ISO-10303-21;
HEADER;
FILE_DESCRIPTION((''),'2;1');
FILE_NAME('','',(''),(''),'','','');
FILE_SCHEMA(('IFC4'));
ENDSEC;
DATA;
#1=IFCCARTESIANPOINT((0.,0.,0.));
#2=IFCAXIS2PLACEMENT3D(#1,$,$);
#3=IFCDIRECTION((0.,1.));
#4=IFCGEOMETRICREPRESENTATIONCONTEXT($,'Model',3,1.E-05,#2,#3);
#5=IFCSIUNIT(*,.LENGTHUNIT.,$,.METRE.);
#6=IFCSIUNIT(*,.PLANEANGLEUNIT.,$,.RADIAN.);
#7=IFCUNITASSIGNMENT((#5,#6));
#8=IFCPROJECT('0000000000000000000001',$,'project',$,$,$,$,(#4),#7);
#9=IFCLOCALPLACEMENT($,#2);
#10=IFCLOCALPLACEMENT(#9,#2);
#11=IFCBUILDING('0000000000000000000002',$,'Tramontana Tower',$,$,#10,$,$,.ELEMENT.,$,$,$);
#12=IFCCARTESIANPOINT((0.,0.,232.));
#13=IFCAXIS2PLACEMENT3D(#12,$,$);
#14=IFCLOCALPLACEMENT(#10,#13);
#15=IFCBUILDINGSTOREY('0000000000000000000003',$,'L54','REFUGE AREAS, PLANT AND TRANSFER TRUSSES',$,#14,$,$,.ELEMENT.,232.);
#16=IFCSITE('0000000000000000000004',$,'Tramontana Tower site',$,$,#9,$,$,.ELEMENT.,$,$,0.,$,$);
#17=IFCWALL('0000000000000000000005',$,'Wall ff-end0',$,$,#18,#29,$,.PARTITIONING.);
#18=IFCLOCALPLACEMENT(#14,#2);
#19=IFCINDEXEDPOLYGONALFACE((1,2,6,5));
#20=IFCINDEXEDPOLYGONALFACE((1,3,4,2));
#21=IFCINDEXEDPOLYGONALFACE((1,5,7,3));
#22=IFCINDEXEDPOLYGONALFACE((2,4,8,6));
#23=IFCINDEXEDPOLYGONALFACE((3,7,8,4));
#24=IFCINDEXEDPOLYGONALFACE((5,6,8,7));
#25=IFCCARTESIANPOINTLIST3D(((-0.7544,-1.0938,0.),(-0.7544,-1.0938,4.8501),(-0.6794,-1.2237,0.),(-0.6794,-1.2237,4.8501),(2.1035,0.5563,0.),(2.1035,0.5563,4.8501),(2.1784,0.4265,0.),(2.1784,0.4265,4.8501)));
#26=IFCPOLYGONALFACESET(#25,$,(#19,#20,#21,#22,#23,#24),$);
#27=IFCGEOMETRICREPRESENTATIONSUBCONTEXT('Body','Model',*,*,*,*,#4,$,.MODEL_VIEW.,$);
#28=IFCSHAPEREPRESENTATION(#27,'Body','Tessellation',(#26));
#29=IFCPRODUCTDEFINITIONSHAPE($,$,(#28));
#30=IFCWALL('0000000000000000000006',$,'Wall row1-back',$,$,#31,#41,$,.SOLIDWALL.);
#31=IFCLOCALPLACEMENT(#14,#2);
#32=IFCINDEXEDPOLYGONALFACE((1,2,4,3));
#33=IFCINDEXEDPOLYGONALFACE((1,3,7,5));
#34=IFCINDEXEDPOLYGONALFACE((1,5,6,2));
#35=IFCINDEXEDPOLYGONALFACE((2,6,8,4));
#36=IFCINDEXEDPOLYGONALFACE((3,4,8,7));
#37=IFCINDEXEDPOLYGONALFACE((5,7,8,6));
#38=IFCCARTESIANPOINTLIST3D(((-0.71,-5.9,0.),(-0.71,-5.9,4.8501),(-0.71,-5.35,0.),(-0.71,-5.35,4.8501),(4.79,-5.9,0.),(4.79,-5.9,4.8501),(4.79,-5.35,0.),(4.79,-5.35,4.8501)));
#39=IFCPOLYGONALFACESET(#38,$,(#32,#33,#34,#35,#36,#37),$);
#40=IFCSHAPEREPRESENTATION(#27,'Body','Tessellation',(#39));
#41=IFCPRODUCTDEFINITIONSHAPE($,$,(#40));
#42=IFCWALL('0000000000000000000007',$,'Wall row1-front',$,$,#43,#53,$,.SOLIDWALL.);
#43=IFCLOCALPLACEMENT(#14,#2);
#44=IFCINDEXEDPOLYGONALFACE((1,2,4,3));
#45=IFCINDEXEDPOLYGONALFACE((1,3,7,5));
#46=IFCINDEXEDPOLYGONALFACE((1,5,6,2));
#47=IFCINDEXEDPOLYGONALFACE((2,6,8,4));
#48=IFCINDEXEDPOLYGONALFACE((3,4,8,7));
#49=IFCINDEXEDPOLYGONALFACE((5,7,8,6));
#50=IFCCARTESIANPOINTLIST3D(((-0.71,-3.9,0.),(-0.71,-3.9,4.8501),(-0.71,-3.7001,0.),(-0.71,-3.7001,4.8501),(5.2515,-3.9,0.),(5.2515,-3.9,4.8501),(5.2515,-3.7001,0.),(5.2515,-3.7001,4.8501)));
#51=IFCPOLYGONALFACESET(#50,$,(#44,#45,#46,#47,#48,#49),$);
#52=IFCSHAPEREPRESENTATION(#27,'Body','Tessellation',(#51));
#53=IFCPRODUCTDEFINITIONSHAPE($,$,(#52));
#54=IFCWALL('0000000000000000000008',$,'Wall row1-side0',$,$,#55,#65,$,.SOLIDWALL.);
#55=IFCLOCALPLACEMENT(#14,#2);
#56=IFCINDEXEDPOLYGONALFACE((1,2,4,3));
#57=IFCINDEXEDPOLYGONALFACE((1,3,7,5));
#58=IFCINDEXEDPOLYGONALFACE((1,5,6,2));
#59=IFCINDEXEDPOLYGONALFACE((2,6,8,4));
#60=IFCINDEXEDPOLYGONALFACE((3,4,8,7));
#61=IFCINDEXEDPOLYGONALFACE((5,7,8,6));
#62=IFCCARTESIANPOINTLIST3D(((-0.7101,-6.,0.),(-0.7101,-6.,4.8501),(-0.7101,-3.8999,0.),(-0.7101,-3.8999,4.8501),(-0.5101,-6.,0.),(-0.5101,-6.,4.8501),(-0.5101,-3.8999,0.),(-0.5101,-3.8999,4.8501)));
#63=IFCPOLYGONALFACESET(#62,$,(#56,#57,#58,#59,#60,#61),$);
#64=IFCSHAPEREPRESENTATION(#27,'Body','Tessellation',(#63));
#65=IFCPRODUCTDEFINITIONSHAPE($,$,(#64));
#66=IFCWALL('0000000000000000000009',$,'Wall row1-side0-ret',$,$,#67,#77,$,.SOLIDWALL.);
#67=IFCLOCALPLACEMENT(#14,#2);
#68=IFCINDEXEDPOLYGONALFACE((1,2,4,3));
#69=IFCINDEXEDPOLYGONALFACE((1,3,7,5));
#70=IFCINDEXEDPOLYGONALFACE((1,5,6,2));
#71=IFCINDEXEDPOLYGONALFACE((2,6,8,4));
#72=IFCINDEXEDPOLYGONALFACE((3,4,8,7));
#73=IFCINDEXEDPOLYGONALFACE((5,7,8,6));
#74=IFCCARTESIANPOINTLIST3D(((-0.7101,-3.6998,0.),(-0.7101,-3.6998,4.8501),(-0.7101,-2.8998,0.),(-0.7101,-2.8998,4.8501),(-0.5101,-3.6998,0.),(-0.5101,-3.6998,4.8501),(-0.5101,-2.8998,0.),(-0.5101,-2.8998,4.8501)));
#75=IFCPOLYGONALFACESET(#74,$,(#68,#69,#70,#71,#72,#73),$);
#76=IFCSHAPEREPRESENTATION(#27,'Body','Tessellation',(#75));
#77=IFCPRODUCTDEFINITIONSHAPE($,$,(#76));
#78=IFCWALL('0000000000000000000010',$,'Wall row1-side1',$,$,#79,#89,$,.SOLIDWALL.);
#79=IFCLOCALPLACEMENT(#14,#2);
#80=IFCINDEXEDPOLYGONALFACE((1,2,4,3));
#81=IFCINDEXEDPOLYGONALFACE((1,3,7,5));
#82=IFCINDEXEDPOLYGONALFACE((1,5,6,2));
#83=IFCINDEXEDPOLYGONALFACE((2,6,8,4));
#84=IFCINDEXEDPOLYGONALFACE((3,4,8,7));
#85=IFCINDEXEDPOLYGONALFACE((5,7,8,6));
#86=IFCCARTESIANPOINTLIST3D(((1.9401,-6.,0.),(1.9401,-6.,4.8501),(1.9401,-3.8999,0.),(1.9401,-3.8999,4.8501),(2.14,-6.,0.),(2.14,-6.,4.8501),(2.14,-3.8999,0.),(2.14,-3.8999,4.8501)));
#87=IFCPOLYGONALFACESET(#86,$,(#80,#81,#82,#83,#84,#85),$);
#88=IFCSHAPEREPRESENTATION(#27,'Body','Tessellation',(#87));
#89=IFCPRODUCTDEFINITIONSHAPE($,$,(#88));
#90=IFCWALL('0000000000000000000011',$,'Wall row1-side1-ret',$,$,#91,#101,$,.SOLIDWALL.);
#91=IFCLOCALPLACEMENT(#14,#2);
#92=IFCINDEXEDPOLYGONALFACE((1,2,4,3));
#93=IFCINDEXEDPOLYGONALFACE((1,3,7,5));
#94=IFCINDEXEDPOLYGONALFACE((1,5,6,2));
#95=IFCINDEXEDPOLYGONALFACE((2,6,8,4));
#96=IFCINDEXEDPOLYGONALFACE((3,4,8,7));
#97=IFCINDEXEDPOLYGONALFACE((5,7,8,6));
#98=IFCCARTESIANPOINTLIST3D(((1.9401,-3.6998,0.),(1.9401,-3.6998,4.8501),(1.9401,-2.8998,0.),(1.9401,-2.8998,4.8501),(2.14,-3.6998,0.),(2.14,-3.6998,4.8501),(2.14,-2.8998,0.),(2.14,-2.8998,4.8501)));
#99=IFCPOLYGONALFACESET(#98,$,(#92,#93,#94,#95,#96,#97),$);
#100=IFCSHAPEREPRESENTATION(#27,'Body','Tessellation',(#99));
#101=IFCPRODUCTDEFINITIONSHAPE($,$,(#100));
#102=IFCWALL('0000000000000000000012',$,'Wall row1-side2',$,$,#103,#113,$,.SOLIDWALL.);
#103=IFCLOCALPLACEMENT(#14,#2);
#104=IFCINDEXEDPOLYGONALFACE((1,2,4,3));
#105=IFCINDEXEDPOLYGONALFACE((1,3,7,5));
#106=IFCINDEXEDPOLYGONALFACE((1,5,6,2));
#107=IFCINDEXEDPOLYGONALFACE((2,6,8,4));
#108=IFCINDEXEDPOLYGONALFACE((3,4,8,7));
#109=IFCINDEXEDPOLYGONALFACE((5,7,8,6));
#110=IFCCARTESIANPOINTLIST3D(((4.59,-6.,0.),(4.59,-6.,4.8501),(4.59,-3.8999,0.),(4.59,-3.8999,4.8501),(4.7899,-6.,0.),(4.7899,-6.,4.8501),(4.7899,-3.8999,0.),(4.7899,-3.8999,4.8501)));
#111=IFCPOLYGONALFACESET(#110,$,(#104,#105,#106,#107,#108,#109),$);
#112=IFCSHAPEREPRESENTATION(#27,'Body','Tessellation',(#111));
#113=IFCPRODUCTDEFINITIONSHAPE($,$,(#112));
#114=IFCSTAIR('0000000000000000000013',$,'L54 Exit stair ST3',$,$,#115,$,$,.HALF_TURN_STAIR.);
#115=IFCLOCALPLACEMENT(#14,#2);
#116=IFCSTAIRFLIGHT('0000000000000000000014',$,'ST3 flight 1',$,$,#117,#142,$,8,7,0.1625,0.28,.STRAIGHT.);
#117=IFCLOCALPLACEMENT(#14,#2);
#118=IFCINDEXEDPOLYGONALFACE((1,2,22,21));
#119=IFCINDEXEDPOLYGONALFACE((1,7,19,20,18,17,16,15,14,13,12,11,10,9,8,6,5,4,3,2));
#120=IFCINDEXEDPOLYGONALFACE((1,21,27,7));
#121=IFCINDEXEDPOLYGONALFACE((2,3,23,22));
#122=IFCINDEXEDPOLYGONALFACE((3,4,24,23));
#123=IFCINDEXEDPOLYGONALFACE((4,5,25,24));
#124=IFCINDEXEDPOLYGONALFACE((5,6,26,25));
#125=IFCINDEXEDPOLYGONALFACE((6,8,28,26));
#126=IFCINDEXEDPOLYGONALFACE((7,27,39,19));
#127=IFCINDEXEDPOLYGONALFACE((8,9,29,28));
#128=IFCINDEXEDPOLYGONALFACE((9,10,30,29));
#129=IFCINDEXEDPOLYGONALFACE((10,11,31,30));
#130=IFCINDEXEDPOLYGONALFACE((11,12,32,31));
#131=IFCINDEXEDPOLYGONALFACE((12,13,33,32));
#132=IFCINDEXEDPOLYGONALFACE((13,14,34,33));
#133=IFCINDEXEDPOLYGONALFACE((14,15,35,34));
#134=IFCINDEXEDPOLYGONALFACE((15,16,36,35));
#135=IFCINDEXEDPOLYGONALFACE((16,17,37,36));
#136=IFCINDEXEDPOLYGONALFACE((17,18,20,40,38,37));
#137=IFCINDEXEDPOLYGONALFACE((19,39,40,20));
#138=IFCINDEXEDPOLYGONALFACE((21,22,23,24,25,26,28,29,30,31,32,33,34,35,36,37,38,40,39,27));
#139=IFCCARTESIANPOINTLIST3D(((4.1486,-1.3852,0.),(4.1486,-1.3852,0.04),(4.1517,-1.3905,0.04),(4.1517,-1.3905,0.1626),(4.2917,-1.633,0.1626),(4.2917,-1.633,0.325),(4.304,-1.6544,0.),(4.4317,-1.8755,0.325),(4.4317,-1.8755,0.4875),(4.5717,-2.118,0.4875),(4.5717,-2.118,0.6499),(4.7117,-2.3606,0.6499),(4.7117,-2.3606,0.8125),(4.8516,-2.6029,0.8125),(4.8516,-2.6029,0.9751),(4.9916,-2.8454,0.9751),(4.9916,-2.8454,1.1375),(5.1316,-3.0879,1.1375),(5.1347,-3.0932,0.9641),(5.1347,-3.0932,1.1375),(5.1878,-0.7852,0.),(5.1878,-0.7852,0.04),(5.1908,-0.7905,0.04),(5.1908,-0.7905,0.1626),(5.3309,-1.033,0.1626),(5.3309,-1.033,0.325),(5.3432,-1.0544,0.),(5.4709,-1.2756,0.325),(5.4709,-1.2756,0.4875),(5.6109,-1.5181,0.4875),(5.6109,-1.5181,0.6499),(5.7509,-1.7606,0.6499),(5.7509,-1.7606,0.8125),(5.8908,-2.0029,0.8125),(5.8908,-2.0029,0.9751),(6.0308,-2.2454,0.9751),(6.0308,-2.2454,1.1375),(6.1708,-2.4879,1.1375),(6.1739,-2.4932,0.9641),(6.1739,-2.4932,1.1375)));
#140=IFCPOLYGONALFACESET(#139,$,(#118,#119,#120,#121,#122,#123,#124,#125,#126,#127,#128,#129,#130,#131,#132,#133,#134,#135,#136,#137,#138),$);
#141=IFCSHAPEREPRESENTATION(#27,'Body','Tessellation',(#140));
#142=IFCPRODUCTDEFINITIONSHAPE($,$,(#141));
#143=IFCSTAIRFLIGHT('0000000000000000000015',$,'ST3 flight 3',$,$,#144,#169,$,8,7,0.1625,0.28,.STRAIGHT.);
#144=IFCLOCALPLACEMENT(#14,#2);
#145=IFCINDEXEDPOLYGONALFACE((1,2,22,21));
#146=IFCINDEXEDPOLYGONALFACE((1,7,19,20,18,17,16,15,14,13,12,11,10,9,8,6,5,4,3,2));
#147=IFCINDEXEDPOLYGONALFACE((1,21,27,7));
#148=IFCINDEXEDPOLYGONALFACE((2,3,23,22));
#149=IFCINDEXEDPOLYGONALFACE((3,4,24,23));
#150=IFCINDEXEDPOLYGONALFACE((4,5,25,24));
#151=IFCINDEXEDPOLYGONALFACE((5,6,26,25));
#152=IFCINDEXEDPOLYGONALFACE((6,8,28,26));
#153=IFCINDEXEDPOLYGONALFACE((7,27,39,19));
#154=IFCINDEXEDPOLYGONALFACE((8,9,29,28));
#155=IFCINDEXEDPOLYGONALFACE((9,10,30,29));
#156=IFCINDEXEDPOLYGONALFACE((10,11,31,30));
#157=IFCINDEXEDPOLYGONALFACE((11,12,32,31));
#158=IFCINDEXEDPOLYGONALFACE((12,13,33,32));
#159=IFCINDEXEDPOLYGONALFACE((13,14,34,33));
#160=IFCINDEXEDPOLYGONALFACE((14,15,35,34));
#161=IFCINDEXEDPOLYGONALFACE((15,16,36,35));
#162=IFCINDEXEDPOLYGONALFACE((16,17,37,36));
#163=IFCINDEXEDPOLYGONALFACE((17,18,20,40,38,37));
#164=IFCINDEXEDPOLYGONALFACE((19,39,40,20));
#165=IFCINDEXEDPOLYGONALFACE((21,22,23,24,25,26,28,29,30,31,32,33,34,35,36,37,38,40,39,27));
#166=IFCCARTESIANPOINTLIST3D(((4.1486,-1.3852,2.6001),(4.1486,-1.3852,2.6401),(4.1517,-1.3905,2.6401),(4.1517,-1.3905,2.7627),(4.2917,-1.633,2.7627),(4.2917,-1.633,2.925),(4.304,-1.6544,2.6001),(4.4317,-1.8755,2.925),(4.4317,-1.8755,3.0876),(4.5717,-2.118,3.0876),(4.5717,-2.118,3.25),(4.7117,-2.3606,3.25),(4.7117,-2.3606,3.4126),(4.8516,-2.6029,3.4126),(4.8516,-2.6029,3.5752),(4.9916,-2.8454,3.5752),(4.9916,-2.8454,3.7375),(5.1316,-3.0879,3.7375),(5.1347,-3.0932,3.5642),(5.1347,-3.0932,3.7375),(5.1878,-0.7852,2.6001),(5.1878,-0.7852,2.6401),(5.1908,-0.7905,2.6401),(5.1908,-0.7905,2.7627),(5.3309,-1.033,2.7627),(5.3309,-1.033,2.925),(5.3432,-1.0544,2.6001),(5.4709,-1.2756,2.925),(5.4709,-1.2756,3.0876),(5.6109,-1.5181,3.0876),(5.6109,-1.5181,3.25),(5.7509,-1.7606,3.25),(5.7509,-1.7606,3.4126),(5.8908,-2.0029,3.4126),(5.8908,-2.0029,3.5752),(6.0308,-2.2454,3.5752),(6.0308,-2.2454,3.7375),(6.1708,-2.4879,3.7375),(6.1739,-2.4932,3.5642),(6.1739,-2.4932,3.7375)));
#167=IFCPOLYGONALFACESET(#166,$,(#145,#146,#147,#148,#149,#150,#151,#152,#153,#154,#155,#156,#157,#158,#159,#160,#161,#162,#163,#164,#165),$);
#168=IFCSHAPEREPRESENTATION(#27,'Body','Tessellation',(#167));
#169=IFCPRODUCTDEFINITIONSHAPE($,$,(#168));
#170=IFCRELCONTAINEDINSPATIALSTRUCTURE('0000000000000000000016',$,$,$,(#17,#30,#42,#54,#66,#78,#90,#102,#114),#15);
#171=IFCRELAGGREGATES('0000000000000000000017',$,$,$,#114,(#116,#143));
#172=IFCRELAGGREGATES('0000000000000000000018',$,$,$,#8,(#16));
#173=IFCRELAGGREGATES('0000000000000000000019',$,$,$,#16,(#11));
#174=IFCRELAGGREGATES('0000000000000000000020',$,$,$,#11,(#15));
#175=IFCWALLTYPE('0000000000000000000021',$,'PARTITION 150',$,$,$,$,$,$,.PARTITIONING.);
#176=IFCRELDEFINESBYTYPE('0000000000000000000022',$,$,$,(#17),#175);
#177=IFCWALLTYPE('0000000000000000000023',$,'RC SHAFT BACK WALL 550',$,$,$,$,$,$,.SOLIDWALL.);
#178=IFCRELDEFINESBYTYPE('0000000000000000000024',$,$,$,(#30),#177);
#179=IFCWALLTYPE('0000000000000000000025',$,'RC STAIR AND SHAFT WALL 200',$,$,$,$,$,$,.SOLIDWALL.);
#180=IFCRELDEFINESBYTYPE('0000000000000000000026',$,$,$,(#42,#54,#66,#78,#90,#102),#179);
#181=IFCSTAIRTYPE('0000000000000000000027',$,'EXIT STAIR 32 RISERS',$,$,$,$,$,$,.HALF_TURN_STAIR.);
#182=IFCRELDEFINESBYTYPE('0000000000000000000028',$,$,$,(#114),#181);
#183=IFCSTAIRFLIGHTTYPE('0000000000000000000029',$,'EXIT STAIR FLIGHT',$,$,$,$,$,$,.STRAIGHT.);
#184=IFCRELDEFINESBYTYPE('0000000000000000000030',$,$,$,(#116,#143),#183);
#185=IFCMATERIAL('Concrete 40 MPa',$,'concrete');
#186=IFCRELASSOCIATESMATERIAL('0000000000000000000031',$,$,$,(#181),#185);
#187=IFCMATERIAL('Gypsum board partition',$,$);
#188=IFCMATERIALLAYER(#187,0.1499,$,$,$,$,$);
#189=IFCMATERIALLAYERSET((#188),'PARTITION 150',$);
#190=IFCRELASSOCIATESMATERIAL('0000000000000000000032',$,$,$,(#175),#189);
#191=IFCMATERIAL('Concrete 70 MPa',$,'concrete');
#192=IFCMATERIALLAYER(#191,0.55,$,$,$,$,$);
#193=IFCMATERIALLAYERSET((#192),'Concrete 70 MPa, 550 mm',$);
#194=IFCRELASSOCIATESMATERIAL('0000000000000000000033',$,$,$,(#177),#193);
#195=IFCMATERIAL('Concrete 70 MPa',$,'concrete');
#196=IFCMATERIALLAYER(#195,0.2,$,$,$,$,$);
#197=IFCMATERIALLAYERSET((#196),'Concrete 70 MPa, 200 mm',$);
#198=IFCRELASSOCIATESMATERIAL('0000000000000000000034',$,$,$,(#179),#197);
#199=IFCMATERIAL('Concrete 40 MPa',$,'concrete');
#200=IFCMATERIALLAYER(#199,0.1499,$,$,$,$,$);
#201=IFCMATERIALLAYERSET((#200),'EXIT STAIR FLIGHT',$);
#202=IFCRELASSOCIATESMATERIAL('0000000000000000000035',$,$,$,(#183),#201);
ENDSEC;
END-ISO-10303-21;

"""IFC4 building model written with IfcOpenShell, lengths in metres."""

from ifc_helpers import new_model, si_unit, direction, frame, frame_2d, origin, place, context, subcontext, project, spatial, polyline, rectangle, outline, extrude, material, layer, layer_set, type_object, element, aggregate, save


model = new_model("IFC4")

# Units and contexts
model_context = context("Model", 3, precision=1e-05, world=origin(), true_north=direction((0.0, 1.0)))
body_context = subcontext(model_context, "Body", "Model", "MODEL_VIEW")
ifc_project = project(units=[si_unit("LENGTHUNIT", "METRE"), si_unit("PLANEANGLEUNIT", "RADIAN")], contexts=[model_context])

# Site, building, storey
site_placement = place(None, origin())
site = spatial("IfcSite", under=ifc_project, at=site_placement, Name="Tramontana Tower site", CompositionType="ELEMENT", RefElevation=0.0)
building_placement = place(site_placement, origin())
building = spatial("IfcBuilding", under=site, at=building_placement, Name="Tramontana Tower", CompositionType="ELEMENT")
storey_placement = place(building_placement, frame((0.0, 0.0, 232.0)))
storey = spatial("IfcBuildingStorey", under=building, at=storey_placement, Name="L54", Description="REFUGE AREAS, PLANT AND TRANSFER TRUSSES", CompositionType="ELEMENT", Elevation=232.0)

# Shared definitions
ifc_material_1 = material(Name="Concrete 40 MPa", Category="concrete")
stair_type = type_object("IfcStairType", Name="EXIT STAIR 32 RISERS", PredefinedType="HALF_TURN_STAIR", material=ifc_material_1)

# Walls
ifc_material_2 = material(Name="Gypsum board partition")
ifc_layer_1 = layer(ifc_material_2, 0.1499)
ifc_layer_set_1 = layer_set([ifc_layer_1], Name="PARTITION 150")
wall_type_1 = type_object("IfcWallType", Name="PARTITION 150", PredefinedType="PARTITIONING", material=ifc_layer_set_1)
wall_1_placement = place(storey_placement, frame((-0.7168, -1.1587, 0.0), z_axis=(0.0, 0.0, 1.0), x_axis=(0.866008, 0.50003, 0.0)))
element("IfcWall", 1, at=wall_1_placement, inside=storey, type_object=wall_type_1, Name="Wall ff-end0", PredefinedType="PARTITIONING", context=body_context, shape_type="SweptSolid", body=[
    extrude(rectangle(XDim=3.3, YDim=0.1499, at=frame_2d((1.6499, 0.0))), origin(), (0.0, 0.0, 1.0), 4.8501),
])
ifc_material_3 = material(Name="Concrete 70 MPa", Category="concrete")
ifc_layer_2 = layer(ifc_material_3, 0.55)
ifc_layer_set_2 = layer_set([ifc_layer_2], Name="Concrete 70 MPa, 550 mm")
wall_type_2 = type_object("IfcWallType", Name="RC SHAFT BACK WALL 550", PredefinedType="SOLIDWALL", material=ifc_layer_set_2)
wall_2_placement = place(storey_placement, frame((-0.71, -5.625, 0.0), z_axis=(0.0, 0.0, 1.0), x_axis=(1.0, 0.0, 0.0)))
element("IfcWall", 2, at=wall_2_placement, inside=storey, type_object=wall_type_2, Name="Wall row1-back", PredefinedType="SOLIDWALL", context=body_context, shape_type="SweptSolid", body=[
    extrude(rectangle(XDim=5.5, YDim=0.55, at=frame_2d((2.75, 0.0))), origin(), (0.0, 0.0, 1.0), 4.8501),
])

# Shared definitions
ifc_material_4 = material(Name="Concrete 70 MPa", Category="concrete")
ifc_layer_3 = layer(ifc_material_4, 0.2)
ifc_layer_set_3 = layer_set([ifc_layer_3], Name="Concrete 70 MPa, 200 mm")
wall_type_3 = type_object("IfcWallType", Name="RC STAIR AND SHAFT WALL 200", PredefinedType="SOLIDWALL", material=ifc_layer_set_3)

# Walls
wall_3_placement = place(storey_placement, frame((-0.71, -3.8, 0.0), z_axis=(0.0, 0.0, 1.0), x_axis=(1.0, 0.0, 0.0)))
element("IfcWall", 3, at=wall_3_placement, inside=storey, type_object=wall_type_3, Name="Wall row1-front", PredefinedType="SOLIDWALL", context=body_context, shape_type="SweptSolid", body=[
    extrude(rectangle(XDim=5.9614, YDim=0.2, at=frame_2d((2.9807, 0.0))), origin(), (0.0, 0.0, 1.0), 4.8501),
])
wall_4_placement = place(storey_placement, frame((-0.6101, -3.8999, 0.0), z_axis=(0.0, 0.0, 1.0), x_axis=(0.0, -1.0, 0.0)))
element("IfcWall", 4, at=wall_4_placement, inside=storey, type_object=wall_type_3, Name="Wall row1-side0", PredefinedType="SOLIDWALL", context=body_context, shape_type="SweptSolid", body=[
    extrude(rectangle(XDim=2.1001, YDim=0.2, at=frame_2d((1.05, 0.0))), origin(), (0.0, 0.0, 1.0), 4.8501),
])
wall_5_placement = place(storey_placement, frame((-0.6101, -2.8999, 0.0), z_axis=(0.0, 0.0, 1.0), x_axis=(0.0, -1.0, 0.0)))
element("IfcWall", 5, at=wall_5_placement, inside=storey, type_object=wall_type_3, Name="Wall row1-side0-ret", PredefinedType="SOLIDWALL", context=body_context, shape_type="SweptSolid", body=[
    extrude(rectangle(XDim=0.8, YDim=0.2, at=frame_2d((0.3999, 0.0))), origin(), (0.0, 0.0, 1.0), 4.8501),
])
wall_6_placement = place(storey_placement, frame((2.04, -3.8999, 0.0), z_axis=(0.0, 0.0, 1.0), x_axis=(0.0, -1.0, 0.0)))
element("IfcWall", 6, at=wall_6_placement, inside=storey, type_object=wall_type_3, Name="Wall row1-side1", PredefinedType="SOLIDWALL", context=body_context, shape_type="SweptSolid", body=[
    extrude(rectangle(XDim=2.1001, YDim=0.2, at=frame_2d((1.05, 0.0))), origin(), (0.0, 0.0, 1.0), 4.8501),
])
wall_7_placement = place(storey_placement, frame((2.04, -2.8999, 0.0), z_axis=(0.0, 0.0, 1.0), x_axis=(0.0, -1.0, 0.0)))
element("IfcWall", 7, at=wall_7_placement, inside=storey, type_object=wall_type_3, Name="Wall row1-side1-ret", PredefinedType="SOLIDWALL", context=body_context, shape_type="SweptSolid", body=[
    extrude(rectangle(XDim=0.8, YDim=0.2, at=frame_2d((0.3999, 0.0))), origin(), (0.0, 0.0, 1.0), 4.8501),
])
wall_8_placement = place(storey_placement, frame((4.6899, -3.8999, 0.0), z_axis=(0.0, 0.0, 1.0), x_axis=(0.0, -1.0, 0.0)))
element("IfcWall", 8, at=wall_8_placement, inside=storey, type_object=wall_type_3, Name="Wall row1-side2", PredefinedType="SOLIDWALL", context=body_context, shape_type="SweptSolid", body=[
    extrude(rectangle(XDim=2.1001, YDim=0.2, at=frame_2d((1.05, 0.0))), origin(), (0.0, 0.0, 1.0), 4.8501),
])

# Stair, stair flights
stair_1_placement = place(storey_placement, origin())
stair_1 = element("IfcStair", 9, at=stair_1_placement, inside=storey, type_object=stair_type, Name="L54 Exit stair ST3", PredefinedType="HALF_TURN_STAIR")
ifc_material_5 = material(Name="Concrete 40 MPa", Category="concrete")
ifc_layer_4 = layer(ifc_material_5, 0.1499)
ifc_layer_set_4 = layer_set([ifc_layer_4], Name="EXIT STAIR FLIGHT")
stair_flight_type = type_object("IfcStairFlightType", Name="EXIT STAIR FLIGHT", PredefinedType="STRAIGHT", material=ifc_layer_set_4)
stair_flight_1_placement = place(storey_placement, frame((4.6711, -1.0906, 0.0), z_axis=(0.0, 0.0, 1.0), x_axis=(0.5, -0.866025, 0.0)))
stair_flight_1 = element("IfcStairFlight", 10, at=stair_flight_1_placement, type_object=stair_flight_type, Name="ST3 flight 1", NumberOfRisers=8, NumberOfTreads=7, PredefinedType="STRAIGHT", RiserHeight=0.1625, TreadLength=0.28, context=body_context, shape_type="SweptSolid", body=[
    extrude(outline(polyline([(-0.0061, 0.0), (-0.0061, 0.04), (0.0, 0.04), (0.0, 0.1626), (0.28, 0.1626), (0.28, 0.325), (0.5601, 0.325), (0.5601, 0.4875), (0.8401, 0.4875), (0.8401, 0.6499), (1.1201, 0.6499), (1.1201, 0.8125), (1.3999, 0.8125), (1.3999, 0.9751), (1.6799, 0.9751), (1.6799, 1.1375), (1.96, 1.1375), (1.9661, 1.1375), (1.9661, 0.9641), (0.3047, 0.0), (-0.0061, 0.0)])), frame((0.0, 0.6001, 0.0), z_axis=(0.0, -1.0, 0.0), x_axis=(1.0, 0.0, 0.0)), (0.0, 0.0, 1.0), 1.2),
])
stair_flight_2_placement = place(storey_placement, frame((4.6711, -1.0906, 2.6001), z_axis=(0.0, 0.0, 1.0), x_axis=(0.5, -0.866025, 0.0)))
stair_flight_2 = element("IfcStairFlight", 11, at=stair_flight_2_placement, type_object=stair_flight_type, Name="ST3 flight 3", NumberOfRisers=8, NumberOfTreads=7, PredefinedType="STRAIGHT", RiserHeight=0.1625, TreadLength=0.28, context=body_context, shape_type="SweptSolid", body=[
    extrude(outline(polyline([(-0.0061, 0.0), (-0.0061, 0.04), (0.0, 0.04), (0.0, 0.1626), (0.28, 0.1626), (0.28, 0.325), (0.5601, 0.325), (0.5601, 0.4875), (0.8401, 0.4875), (0.8401, 0.6499), (1.1201, 0.6499), (1.1201, 0.8125), (1.3999, 0.8125), (1.3999, 0.9751), (1.6799, 0.9751), (1.6799, 1.1375), (1.96, 1.1375), (1.9661, 1.1375), (1.9661, 0.9641), (0.3047, 0.0), (-0.0061, 0.0)])), frame((0.0, 0.6001, 0.0), z_axis=(0.0, -1.0, 0.0), x_axis=(1.0, 0.0, 0.0)), (0.0, 0.0, 1.0), 1.2),
])
aggregate(stair_1, [stair_flight_1, stair_flight_2])

save(model, "model.ifc")
